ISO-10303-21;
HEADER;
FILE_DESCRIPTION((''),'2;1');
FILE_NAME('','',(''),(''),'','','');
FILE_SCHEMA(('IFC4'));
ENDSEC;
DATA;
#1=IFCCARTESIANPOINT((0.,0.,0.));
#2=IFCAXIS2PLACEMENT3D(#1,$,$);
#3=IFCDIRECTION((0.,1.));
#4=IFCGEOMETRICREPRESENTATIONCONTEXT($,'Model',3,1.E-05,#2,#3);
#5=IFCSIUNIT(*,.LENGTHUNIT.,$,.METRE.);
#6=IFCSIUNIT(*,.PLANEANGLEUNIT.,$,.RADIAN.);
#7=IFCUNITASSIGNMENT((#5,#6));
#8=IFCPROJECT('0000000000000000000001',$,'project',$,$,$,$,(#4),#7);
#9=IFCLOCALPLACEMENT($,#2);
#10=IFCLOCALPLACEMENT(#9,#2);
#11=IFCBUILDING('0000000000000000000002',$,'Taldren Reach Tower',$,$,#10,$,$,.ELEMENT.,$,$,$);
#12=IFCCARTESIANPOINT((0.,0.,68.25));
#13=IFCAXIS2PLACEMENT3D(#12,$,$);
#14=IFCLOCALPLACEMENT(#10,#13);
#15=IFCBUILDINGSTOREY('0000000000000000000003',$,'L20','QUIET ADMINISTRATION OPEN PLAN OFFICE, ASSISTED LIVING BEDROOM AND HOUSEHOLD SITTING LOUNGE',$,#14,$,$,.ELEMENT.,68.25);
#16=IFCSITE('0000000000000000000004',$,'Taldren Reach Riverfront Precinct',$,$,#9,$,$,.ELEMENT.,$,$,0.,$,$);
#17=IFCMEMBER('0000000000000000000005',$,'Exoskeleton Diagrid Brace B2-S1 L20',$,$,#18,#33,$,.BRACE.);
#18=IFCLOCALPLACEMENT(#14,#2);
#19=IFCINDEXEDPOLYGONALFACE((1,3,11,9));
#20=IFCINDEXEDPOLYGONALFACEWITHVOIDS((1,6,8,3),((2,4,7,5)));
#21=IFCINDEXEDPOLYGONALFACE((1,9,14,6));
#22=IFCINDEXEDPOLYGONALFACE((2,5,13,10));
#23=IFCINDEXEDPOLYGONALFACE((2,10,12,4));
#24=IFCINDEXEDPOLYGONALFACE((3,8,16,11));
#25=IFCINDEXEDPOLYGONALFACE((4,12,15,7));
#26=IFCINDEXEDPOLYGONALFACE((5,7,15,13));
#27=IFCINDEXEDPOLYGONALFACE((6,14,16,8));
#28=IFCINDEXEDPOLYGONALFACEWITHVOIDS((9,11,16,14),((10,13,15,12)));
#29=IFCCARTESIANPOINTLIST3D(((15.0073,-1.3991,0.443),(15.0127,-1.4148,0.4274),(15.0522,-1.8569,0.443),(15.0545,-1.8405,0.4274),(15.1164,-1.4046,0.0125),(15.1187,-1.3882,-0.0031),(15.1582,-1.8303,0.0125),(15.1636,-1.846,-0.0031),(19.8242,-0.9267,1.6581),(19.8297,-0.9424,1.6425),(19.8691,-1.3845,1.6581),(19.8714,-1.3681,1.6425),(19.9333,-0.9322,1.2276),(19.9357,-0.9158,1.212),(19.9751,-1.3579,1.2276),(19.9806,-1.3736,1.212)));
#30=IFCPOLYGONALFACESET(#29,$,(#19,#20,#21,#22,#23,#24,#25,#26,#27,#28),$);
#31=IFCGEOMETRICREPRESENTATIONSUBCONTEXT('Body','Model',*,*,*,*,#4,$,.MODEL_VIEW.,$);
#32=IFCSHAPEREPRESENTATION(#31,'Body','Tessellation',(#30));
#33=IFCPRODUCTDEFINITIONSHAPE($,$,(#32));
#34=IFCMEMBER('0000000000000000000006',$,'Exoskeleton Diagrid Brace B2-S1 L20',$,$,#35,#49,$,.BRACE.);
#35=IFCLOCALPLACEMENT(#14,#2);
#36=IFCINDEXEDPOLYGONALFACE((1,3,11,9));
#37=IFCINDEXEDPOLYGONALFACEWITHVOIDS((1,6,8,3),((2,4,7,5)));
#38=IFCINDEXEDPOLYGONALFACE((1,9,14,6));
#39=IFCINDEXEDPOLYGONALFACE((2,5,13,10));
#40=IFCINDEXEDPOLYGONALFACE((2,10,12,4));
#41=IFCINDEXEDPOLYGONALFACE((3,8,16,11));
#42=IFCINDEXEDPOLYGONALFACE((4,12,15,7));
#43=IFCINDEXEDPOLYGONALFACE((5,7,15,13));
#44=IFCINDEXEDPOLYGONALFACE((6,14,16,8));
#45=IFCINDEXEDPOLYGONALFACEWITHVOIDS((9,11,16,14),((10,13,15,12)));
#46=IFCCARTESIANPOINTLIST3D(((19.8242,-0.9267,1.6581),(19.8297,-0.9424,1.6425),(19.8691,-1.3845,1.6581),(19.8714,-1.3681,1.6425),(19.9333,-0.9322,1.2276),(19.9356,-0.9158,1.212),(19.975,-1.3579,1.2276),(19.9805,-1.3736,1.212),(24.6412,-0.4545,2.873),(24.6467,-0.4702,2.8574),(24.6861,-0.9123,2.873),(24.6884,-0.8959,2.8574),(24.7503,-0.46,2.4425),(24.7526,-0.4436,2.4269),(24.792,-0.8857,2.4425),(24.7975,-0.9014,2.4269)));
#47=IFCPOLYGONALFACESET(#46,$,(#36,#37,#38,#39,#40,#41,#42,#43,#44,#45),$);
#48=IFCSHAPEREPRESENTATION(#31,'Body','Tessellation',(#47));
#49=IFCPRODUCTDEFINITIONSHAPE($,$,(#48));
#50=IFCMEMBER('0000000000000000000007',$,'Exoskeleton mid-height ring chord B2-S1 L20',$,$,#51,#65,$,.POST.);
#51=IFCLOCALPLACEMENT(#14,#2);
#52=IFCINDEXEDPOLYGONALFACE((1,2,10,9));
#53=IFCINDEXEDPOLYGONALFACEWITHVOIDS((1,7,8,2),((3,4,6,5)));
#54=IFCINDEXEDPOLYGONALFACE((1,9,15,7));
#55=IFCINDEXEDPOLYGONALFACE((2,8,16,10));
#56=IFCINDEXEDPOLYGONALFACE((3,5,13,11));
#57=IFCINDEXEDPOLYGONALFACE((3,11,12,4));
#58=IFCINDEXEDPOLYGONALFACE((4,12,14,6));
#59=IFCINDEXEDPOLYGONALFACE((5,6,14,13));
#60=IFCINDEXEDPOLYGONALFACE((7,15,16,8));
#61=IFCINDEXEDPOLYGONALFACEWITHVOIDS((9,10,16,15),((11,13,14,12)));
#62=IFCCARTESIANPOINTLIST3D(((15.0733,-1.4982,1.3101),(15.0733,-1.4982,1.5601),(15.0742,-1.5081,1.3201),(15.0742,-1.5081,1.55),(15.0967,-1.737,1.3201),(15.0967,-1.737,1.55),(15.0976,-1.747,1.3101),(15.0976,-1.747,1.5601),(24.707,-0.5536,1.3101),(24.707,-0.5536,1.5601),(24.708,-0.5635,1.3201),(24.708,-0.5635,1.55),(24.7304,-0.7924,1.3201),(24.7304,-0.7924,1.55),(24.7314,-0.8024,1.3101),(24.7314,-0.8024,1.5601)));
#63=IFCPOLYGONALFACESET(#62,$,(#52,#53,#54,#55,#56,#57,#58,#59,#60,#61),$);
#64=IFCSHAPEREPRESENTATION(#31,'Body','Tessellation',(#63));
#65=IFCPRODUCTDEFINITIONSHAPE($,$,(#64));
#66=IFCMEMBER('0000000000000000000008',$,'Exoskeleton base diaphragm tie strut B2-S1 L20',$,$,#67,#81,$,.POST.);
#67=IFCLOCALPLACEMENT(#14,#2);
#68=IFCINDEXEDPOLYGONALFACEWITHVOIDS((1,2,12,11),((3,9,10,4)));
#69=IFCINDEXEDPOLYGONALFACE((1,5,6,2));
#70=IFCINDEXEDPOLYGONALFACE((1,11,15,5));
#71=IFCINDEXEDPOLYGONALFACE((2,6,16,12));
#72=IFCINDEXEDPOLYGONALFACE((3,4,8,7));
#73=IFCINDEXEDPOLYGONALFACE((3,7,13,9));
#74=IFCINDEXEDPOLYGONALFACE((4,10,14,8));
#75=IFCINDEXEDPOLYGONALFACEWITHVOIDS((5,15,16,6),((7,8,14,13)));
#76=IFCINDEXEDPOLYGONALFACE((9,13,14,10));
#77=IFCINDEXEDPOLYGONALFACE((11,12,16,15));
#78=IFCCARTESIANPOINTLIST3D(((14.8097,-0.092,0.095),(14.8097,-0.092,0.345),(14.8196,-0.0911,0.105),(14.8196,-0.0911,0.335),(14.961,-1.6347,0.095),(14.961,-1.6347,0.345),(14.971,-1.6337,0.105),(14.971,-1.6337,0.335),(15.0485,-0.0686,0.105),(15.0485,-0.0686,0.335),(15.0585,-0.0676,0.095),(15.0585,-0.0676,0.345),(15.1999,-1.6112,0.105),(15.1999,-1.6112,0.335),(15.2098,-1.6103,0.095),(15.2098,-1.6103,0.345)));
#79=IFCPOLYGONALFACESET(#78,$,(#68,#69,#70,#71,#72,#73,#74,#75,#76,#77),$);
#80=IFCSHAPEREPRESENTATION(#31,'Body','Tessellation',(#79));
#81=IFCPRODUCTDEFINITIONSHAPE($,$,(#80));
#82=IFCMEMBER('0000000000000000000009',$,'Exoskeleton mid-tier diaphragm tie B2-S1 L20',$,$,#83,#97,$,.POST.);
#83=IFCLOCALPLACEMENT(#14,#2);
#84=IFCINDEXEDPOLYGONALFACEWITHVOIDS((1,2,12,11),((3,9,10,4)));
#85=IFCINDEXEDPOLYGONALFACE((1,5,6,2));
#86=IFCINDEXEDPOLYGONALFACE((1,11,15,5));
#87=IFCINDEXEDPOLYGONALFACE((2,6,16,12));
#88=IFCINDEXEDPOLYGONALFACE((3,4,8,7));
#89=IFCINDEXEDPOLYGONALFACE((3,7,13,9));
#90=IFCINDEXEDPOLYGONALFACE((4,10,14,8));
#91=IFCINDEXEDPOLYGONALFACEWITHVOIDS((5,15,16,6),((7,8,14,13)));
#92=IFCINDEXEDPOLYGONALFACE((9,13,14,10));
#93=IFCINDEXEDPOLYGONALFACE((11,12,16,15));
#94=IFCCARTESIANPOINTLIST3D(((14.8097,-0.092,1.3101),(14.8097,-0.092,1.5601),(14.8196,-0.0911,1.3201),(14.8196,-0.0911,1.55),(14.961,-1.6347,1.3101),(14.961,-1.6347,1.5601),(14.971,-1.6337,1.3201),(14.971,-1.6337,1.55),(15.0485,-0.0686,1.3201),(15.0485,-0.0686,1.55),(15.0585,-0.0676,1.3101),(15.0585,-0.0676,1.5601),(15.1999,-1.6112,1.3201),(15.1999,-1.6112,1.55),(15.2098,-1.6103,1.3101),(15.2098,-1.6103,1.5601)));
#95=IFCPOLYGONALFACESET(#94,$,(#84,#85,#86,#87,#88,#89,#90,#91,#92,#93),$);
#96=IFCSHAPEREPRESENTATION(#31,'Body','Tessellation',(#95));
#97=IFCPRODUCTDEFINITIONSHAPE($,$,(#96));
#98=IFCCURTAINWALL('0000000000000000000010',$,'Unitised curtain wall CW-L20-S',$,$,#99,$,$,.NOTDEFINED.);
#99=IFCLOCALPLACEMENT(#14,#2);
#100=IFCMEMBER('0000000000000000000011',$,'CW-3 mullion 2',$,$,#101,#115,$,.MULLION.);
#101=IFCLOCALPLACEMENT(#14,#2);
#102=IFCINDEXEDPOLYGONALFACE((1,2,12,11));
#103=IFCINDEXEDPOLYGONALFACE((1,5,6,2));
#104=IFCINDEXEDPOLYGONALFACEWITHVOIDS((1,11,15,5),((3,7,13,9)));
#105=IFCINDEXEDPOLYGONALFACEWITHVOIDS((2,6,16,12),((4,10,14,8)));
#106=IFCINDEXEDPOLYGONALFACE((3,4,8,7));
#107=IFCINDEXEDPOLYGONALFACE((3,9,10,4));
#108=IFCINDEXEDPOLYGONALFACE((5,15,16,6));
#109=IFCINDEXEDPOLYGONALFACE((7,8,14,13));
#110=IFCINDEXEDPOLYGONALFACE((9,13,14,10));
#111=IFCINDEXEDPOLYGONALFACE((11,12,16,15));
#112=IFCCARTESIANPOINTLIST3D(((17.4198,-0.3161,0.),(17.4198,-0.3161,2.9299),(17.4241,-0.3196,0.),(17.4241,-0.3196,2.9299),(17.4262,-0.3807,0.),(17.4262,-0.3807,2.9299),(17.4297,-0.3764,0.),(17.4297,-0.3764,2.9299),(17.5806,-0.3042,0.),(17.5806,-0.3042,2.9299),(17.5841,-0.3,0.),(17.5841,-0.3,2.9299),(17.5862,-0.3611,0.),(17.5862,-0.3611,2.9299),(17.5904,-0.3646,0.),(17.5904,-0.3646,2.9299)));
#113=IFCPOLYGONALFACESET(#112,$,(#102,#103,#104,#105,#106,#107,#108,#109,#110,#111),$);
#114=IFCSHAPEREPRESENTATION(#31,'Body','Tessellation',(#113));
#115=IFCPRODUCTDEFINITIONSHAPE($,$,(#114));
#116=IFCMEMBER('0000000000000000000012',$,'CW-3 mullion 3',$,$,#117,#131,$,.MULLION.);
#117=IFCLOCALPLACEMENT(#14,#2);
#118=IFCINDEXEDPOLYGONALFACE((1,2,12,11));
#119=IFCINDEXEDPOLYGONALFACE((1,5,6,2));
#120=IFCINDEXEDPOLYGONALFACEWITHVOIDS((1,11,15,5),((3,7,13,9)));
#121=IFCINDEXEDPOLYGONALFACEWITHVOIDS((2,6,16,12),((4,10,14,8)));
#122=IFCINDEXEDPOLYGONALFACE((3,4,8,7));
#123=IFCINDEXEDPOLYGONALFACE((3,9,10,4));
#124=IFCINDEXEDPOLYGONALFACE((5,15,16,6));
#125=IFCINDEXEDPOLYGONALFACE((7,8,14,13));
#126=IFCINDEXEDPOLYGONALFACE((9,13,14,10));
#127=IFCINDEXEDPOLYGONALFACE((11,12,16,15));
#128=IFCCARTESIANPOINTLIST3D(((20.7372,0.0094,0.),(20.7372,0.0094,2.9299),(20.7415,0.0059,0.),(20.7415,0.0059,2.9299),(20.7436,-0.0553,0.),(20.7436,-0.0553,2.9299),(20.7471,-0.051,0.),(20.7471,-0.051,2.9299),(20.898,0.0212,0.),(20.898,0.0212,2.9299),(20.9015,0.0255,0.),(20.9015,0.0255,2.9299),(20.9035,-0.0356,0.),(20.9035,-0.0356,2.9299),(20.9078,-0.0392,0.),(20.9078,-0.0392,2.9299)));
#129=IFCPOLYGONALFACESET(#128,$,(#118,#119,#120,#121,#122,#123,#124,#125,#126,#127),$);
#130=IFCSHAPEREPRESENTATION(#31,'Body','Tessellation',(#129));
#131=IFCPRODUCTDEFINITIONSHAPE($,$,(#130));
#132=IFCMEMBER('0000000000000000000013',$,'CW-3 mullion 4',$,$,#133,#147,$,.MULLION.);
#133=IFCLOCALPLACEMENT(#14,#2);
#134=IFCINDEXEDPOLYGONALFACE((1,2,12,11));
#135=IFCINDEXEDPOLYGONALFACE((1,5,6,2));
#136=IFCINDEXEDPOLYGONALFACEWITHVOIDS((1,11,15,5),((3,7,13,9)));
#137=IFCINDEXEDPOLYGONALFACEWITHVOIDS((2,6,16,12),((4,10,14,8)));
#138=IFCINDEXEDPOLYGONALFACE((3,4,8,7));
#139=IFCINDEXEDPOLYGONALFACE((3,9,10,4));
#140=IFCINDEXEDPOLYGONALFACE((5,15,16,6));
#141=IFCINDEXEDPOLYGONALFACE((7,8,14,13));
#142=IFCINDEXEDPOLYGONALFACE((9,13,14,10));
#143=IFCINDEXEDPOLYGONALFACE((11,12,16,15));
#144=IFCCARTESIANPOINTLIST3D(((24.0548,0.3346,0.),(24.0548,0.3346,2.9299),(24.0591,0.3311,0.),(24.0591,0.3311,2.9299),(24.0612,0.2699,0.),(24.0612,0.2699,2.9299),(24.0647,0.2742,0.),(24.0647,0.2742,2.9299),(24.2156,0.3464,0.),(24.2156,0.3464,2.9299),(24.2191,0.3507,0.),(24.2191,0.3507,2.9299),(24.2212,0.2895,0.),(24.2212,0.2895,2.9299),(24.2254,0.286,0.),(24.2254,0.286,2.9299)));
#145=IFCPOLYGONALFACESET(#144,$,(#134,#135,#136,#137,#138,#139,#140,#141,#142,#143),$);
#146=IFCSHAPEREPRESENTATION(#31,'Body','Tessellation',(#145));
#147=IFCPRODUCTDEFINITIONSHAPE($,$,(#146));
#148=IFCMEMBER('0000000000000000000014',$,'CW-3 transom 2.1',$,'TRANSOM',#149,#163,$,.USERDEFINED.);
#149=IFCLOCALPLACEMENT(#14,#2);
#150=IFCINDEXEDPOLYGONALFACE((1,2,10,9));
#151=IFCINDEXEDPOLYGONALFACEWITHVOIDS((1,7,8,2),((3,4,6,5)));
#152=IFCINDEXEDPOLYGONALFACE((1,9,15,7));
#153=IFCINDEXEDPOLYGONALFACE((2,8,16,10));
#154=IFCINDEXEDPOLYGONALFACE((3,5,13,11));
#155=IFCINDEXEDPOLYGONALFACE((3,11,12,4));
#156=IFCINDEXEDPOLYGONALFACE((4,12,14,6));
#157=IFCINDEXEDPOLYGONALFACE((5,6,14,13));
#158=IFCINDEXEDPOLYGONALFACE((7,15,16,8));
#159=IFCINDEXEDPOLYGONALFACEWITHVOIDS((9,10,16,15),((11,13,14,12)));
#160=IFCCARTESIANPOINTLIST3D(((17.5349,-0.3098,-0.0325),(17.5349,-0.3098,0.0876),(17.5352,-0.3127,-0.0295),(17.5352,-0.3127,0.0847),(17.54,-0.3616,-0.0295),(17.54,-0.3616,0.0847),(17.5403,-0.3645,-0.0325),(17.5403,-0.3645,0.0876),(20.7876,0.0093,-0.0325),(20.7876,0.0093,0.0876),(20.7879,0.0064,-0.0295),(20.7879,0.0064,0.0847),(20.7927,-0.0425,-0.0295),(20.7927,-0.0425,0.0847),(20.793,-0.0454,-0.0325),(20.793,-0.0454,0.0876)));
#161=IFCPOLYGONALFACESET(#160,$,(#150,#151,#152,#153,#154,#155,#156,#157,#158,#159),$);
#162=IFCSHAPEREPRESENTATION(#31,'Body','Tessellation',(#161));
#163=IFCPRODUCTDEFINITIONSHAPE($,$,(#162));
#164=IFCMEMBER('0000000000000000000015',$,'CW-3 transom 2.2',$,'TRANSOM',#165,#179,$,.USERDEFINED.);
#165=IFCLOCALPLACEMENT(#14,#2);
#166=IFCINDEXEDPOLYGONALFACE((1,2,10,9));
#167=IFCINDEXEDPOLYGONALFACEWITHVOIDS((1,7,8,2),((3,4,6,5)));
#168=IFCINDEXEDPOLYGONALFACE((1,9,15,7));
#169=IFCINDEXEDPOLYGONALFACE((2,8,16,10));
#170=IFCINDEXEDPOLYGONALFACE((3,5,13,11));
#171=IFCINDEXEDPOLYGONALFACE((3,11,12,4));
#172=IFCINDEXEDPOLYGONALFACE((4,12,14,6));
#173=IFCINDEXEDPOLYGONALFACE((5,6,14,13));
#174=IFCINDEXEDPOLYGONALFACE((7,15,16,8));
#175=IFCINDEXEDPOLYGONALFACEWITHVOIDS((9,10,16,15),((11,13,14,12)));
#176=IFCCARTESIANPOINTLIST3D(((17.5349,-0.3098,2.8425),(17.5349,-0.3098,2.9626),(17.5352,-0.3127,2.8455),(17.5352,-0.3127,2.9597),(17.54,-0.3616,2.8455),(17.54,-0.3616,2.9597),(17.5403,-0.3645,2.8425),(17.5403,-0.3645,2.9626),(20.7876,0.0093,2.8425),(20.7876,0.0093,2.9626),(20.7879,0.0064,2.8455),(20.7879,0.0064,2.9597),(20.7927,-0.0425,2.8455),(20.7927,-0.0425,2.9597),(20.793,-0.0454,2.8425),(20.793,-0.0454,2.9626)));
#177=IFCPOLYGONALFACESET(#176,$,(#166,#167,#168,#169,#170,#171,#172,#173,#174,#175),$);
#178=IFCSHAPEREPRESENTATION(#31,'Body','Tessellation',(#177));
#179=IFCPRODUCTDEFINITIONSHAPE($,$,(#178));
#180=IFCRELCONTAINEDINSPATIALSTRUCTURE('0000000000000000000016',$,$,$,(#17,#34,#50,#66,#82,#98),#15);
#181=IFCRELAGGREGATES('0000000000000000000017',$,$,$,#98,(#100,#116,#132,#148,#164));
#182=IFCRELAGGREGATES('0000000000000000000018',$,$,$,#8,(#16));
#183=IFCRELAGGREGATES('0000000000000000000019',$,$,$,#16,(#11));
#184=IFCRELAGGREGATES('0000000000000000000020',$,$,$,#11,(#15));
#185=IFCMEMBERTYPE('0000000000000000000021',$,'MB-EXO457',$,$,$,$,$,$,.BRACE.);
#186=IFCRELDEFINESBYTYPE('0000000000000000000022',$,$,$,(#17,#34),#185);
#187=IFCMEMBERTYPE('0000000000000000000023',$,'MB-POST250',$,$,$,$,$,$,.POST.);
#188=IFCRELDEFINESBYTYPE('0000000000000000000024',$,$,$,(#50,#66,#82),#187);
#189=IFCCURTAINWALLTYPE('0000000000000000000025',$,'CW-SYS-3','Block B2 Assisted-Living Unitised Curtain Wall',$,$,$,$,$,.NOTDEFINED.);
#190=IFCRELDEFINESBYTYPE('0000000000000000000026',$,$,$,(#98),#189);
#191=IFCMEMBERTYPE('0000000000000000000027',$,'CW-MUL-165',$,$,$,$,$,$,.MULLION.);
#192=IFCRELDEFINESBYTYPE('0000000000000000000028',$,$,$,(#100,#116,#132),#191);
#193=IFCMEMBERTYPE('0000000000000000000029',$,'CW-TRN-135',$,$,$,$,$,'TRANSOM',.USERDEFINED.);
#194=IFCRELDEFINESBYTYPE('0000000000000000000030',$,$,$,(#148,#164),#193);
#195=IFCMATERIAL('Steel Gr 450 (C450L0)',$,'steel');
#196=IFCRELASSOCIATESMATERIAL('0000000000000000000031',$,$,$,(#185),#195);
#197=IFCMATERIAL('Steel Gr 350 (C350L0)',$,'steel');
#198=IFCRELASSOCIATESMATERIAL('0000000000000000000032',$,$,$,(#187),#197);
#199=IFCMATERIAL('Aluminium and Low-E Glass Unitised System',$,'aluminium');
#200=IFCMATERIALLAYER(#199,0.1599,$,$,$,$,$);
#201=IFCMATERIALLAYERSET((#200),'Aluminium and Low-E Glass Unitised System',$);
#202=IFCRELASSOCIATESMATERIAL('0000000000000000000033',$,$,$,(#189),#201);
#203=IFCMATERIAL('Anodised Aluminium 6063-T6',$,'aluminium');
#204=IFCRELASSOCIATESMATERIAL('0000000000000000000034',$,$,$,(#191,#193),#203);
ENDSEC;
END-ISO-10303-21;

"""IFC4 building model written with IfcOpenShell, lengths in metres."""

from ifc_helpers import new_model, si_unit, direction, frame, origin, origin_2d, place, context, subcontext, project, spatial, hollow_rectangle, extrude, source, transform, mapped, material, layer, layer_set, material_profile, profile_set, type_object, element, aggregate, save


model = new_model("IFC4")

# Units and contexts
model_context = context("Model", 3, precision=1e-05, world=origin(), true_north=direction((0.0, 1.0)))
body_context = subcontext(model_context, "Body", "Model", "MODEL_VIEW")
ifc_project = project(units=[si_unit("LENGTHUNIT", "METRE"), si_unit("PLANEANGLEUNIT", "RADIAN")], contexts=[model_context])

# Site, building, storey
site_placement = place(None, origin())
site = spatial("IfcSite", under=ifc_project, at=site_placement, Name="Taldren Reach Riverfront Precinct", CompositionType="ELEMENT", RefElevation=0.0)
building_placement = place(site_placement, origin())
building = spatial("IfcBuilding", under=site, at=building_placement, Name="Taldren Reach Tower", CompositionType="ELEMENT")
storey_placement = place(building_placement, frame((0.0, 0.0, 68.25)))
storey = spatial("IfcBuildingStorey", under=building, at=storey_placement, Name="L20", Description="QUIET ADMINISTRATION OPEN PLAN OFFICE, ASSISTED LIVING BEDROOM AND HOUSEHOLD SITTING LOUNGE", CompositionType="ELEMENT", Elevation=68.25)

# Members
ifc_material_1 = material(Name="Steel Gr 450 (C450L0)", Category="steel")
ifc_material_profile_1 = material_profile(ifc_material_1, hollow_rectangle(XDim=0.46, YDim=0.46, WallThickness=0.0161, at=origin_2d()), Name="460x460x16.0SHS")
ifc_profile_set_1 = profile_set([ifc_material_profile_1], Name="Steel Gr 450 (C450L0)")
member_type_1 = type_object("IfcMemberType", Name="MB-EXO457", PredefinedType="BRACE", material=ifc_profile_set_1)
shared_shape_1 = source(origin(), body_context, "Body", "SweptSolid", [
    extrude(hollow_rectangle(XDim=0.46, YDim=0.46, WallThickness=0.0161, at=origin_2d()), origin(), (0.0, 0.0, 1.0), 4.9902),
])
for number, where, z_axis, x_axis, name in (
    (1, (15.0854, -1.6226, 0.22), (0.965271, 0.094668, 0.243495), (-0.097606, 0.995225, 0.0), "Exoskeleton Diagrid Brace B2-S1 L20"),
    (2, (19.9023, -1.1501, 1.4351), (0.965287, 0.094621, 0.24345), (-0.097556, 0.99523, 0.0), "Exoskeleton Diagrid Brace B2-S1 L20"),
):
    element("IfcMember", number, at=place(storey_placement, frame(where, z_axis=z_axis, x_axis=x_axis)), inside=storey, type_object=member_type_1, Name=name, PredefinedType="BRACE", context=body_context, shape_type="MappedRepresentation", body=[
        mapped(shared_shape_1, transform((0.0, 0.0, 0.0), scale=1.0)),
    ])
ifc_material_2 = material(Name="Steel Gr 350 (C350L0)", Category="steel")
ifc_material_profile_2 = material_profile(ifc_material_2, hollow_rectangle(XDim=0.25, YDim=0.25, WallThickness=0.01, at=origin_2d()), Name="250x250x10.0SHS")
ifc_profile_set_2 = profile_set([ifc_material_profile_2], Name="Steel Gr 350 (C350L0)")
member_type_2 = type_object("IfcMemberType", Name="MB-POST250", PredefinedType="POST", material=ifc_profile_set_2)
shared_shape_2 = source(origin(), body_context, "Body", "SweptSolid", [
    extrude(hollow_rectangle(XDim=0.25, YDim=0.25, WallThickness=0.01, at=origin_2d()), origin(), (0.0, 0.0, 1.0), 9.6799),
])
member_1_placement = place(storey_placement, frame((15.0854, -1.6226, 1.4351), z_axis=(0.995228, 0.097581, 0.0), x_axis=(-0.097581, 0.995228, 0.0)))
element("IfcMember", 3, at=member_1_placement, inside=storey, type_object=member_type_2, Name="Exoskeleton mid-height ring chord B2-S1 L20", PredefinedType="POST", context=body_context, shape_type="MappedRepresentation", body=[
    mapped(shared_shape_2, transform((0.0, 0.0, 0.0), scale=1.0)),
])
shared_shape_3 = source(origin(), body_context, "Body", "SweptSolid", [
    extrude(hollow_rectangle(XDim=0.25, YDim=0.25, WallThickness=0.01, at=origin_2d()), origin(), (0.0, 0.0, 1.0), 1.55),
])
for number, where, z_axis, x_axis, name in (
    (4, (14.9341, -0.0798, 0.22), (0.097648, -0.995221, 0.0), (0.995221, 0.097648, 0.0), "Exoskeleton base diaphragm tie strut B2-S1 L20"),
    (5, (14.9341, -0.0798, 1.4351), (0.097648, -0.995221, 0.0), (0.995221, 0.097648, 0.0), "Exoskeleton mid-tier diaphragm tie B2-S1 L20"),
):
    element("IfcMember", number, at=place(storey_placement, frame(where, z_axis=z_axis, x_axis=x_axis)), inside=storey, type_object=member_type_2, Name=name, PredefinedType="POST", context=body_context, shape_type="MappedRepresentation", body=[
        mapped(shared_shape_3, transform((0.0, 0.0, 0.0), scale=1.0)),
    ])

# Curtain wall, members
ifc_material_3 = material(Name="Aluminium and Low-E Glass Unitised System", Category="aluminium")
ifc_layer_1 = layer(ifc_material_3, 0.1599)
ifc_layer_set_1 = layer_set([ifc_layer_1], Name="Aluminium and Low-E Glass Unitised System")
curtain_wall_type = type_object("IfcCurtainWallType", Name="CW-SYS-3", Description="Block B2 Assisted-Living Unitised Curtain Wall", PredefinedType="NOTDEFINED", material=ifc_layer_set_1)
curtain_wall_placement = place(storey_placement, origin())
curtain_wall = element("IfcCurtainWall", 6, at=curtain_wall_placement, inside=storey, type_object=curtain_wall_type, Name="Unitised curtain wall CW-L20-S", PredefinedType="NOTDEFINED")
ifc_material_4 = material(Name="Anodised Aluminium 6063-T6", Category="aluminium")
ifc_material_profile_3 = material_profile(ifc_material_4, hollow_rectangle(XDim=0.0649, YDim=0.165, WallThickness=0.0039, at=origin_2d()), Name="ALU-165x65x4RHS")
ifc_profile_set_3 = profile_set([ifc_material_profile_3], Name="Anodised Aluminium 6063-T6")
member_type_3 = type_object("IfcMemberType", Name="CW-MUL-165", PredefinedType="MULLION", material=ifc_profile_set_3)
shared_shape_4 = source(origin(), body_context, "Body", "SweptSolid", [
    extrude(hollow_rectangle(XDim=0.0649, YDim=0.165, WallThickness=0.0039, at=origin_2d()), origin(), (0.0, 0.0, 1.0), 2.9299),
])
member_2_placement = place(storey_placement, frame((17.5051, -0.3403, 0.0), z_axis=(0.0, 0.0, 1.0), x_axis=(-0.097583, 0.995227, 0.0)))
member_2 = element("IfcMember", 7, at=member_2_placement, type_object=member_type_3, Name="CW-3 mullion 2", PredefinedType="MULLION", context=body_context, shape_type="MappedRepresentation", body=[
    mapped(shared_shape_4, transform((0.0, 0.0, 0.0), scale=1.0)),
])
member_3_placement = place(storey_placement, frame((20.8225, -0.0149, 0.0), z_axis=(0.0, 0.0, 1.0), x_axis=(-0.097583, 0.995227, 0.0)))
member_3 = element("IfcMember", 8, at=member_3_placement, type_object=member_type_3, Name="CW-3 mullion 3", PredefinedType="MULLION", context=body_context, shape_type="MappedRepresentation", body=[
    mapped(shared_shape_4, transform((0.0, 0.0, 0.0), scale=1.0)),
])
member_4_placement = place(storey_placement, frame((24.1401, 0.3103, 0.0), z_axis=(0.0, 0.0, 1.0), x_axis=(-0.097583, 0.995227, 0.0)))
member_4 = element("IfcMember", 9, at=member_4_placement, type_object=member_type_3, Name="CW-3 mullion 4", PredefinedType="MULLION", context=body_context, shape_type="MappedRepresentation", body=[
    mapped(shared_shape_4, transform((0.0, 0.0, 0.0), scale=1.0)),
])
ifc_material_profile_4 = material_profile(ifc_material_4, hollow_rectangle(XDim=0.0549, YDim=0.1201, WallThickness=0.0029, at=origin_2d()), Name="ALU-120x55x3RHS")
ifc_profile_set_4 = profile_set([ifc_material_profile_4], Name="Anodised Aluminium 6063-T6")
member_type_4 = type_object("IfcMemberType", Name="CW-TRN-135", ElementType="TRANSOM", PredefinedType="USERDEFINED", material=ifc_profile_set_4)
shared_shape_5 = source(origin(), body_context, "Body", "SweptSolid", [
    extrude(hollow_rectangle(XDim=0.0549, YDim=0.1201, WallThickness=0.0029, at=origin_2d()), origin(), (0.0, 0.0, 1.0), 3.2683),
])
member_5_placement = place(storey_placement, frame((17.5376, -0.3372, 0.0276), z_axis=(0.995223, 0.097632, 0.0), x_axis=(-0.097632, 0.995223, 0.0)))
member_5 = element("IfcMember", 10, at=member_5_placement, type_object=member_type_4, Name="CW-3 transom 2.1", ObjectType="TRANSOM", PredefinedType="USERDEFINED", context=body_context, shape_type="MappedRepresentation", body=[
    mapped(shared_shape_5, transform((0.0, 0.0, 0.0), scale=1.0)),
])
member_6_placement = place(storey_placement, frame((17.5376, -0.3372, 2.9026), z_axis=(0.995223, 0.097632, 0.0), x_axis=(-0.097632, 0.995223, 0.0)))
member_6 = element("IfcMember", 11, at=member_6_placement, type_object=member_type_4, Name="CW-3 transom 2.2", ObjectType="TRANSOM", PredefinedType="USERDEFINED", context=body_context, shape_type="MappedRepresentation", body=[
    mapped(shared_shape_5, transform((0.0, 0.0, 0.0), scale=1.0)),
])

aggregate(curtain_wall, [member_2, member_3, member_4, member_5, member_6])

save(model, "model.ifc")
